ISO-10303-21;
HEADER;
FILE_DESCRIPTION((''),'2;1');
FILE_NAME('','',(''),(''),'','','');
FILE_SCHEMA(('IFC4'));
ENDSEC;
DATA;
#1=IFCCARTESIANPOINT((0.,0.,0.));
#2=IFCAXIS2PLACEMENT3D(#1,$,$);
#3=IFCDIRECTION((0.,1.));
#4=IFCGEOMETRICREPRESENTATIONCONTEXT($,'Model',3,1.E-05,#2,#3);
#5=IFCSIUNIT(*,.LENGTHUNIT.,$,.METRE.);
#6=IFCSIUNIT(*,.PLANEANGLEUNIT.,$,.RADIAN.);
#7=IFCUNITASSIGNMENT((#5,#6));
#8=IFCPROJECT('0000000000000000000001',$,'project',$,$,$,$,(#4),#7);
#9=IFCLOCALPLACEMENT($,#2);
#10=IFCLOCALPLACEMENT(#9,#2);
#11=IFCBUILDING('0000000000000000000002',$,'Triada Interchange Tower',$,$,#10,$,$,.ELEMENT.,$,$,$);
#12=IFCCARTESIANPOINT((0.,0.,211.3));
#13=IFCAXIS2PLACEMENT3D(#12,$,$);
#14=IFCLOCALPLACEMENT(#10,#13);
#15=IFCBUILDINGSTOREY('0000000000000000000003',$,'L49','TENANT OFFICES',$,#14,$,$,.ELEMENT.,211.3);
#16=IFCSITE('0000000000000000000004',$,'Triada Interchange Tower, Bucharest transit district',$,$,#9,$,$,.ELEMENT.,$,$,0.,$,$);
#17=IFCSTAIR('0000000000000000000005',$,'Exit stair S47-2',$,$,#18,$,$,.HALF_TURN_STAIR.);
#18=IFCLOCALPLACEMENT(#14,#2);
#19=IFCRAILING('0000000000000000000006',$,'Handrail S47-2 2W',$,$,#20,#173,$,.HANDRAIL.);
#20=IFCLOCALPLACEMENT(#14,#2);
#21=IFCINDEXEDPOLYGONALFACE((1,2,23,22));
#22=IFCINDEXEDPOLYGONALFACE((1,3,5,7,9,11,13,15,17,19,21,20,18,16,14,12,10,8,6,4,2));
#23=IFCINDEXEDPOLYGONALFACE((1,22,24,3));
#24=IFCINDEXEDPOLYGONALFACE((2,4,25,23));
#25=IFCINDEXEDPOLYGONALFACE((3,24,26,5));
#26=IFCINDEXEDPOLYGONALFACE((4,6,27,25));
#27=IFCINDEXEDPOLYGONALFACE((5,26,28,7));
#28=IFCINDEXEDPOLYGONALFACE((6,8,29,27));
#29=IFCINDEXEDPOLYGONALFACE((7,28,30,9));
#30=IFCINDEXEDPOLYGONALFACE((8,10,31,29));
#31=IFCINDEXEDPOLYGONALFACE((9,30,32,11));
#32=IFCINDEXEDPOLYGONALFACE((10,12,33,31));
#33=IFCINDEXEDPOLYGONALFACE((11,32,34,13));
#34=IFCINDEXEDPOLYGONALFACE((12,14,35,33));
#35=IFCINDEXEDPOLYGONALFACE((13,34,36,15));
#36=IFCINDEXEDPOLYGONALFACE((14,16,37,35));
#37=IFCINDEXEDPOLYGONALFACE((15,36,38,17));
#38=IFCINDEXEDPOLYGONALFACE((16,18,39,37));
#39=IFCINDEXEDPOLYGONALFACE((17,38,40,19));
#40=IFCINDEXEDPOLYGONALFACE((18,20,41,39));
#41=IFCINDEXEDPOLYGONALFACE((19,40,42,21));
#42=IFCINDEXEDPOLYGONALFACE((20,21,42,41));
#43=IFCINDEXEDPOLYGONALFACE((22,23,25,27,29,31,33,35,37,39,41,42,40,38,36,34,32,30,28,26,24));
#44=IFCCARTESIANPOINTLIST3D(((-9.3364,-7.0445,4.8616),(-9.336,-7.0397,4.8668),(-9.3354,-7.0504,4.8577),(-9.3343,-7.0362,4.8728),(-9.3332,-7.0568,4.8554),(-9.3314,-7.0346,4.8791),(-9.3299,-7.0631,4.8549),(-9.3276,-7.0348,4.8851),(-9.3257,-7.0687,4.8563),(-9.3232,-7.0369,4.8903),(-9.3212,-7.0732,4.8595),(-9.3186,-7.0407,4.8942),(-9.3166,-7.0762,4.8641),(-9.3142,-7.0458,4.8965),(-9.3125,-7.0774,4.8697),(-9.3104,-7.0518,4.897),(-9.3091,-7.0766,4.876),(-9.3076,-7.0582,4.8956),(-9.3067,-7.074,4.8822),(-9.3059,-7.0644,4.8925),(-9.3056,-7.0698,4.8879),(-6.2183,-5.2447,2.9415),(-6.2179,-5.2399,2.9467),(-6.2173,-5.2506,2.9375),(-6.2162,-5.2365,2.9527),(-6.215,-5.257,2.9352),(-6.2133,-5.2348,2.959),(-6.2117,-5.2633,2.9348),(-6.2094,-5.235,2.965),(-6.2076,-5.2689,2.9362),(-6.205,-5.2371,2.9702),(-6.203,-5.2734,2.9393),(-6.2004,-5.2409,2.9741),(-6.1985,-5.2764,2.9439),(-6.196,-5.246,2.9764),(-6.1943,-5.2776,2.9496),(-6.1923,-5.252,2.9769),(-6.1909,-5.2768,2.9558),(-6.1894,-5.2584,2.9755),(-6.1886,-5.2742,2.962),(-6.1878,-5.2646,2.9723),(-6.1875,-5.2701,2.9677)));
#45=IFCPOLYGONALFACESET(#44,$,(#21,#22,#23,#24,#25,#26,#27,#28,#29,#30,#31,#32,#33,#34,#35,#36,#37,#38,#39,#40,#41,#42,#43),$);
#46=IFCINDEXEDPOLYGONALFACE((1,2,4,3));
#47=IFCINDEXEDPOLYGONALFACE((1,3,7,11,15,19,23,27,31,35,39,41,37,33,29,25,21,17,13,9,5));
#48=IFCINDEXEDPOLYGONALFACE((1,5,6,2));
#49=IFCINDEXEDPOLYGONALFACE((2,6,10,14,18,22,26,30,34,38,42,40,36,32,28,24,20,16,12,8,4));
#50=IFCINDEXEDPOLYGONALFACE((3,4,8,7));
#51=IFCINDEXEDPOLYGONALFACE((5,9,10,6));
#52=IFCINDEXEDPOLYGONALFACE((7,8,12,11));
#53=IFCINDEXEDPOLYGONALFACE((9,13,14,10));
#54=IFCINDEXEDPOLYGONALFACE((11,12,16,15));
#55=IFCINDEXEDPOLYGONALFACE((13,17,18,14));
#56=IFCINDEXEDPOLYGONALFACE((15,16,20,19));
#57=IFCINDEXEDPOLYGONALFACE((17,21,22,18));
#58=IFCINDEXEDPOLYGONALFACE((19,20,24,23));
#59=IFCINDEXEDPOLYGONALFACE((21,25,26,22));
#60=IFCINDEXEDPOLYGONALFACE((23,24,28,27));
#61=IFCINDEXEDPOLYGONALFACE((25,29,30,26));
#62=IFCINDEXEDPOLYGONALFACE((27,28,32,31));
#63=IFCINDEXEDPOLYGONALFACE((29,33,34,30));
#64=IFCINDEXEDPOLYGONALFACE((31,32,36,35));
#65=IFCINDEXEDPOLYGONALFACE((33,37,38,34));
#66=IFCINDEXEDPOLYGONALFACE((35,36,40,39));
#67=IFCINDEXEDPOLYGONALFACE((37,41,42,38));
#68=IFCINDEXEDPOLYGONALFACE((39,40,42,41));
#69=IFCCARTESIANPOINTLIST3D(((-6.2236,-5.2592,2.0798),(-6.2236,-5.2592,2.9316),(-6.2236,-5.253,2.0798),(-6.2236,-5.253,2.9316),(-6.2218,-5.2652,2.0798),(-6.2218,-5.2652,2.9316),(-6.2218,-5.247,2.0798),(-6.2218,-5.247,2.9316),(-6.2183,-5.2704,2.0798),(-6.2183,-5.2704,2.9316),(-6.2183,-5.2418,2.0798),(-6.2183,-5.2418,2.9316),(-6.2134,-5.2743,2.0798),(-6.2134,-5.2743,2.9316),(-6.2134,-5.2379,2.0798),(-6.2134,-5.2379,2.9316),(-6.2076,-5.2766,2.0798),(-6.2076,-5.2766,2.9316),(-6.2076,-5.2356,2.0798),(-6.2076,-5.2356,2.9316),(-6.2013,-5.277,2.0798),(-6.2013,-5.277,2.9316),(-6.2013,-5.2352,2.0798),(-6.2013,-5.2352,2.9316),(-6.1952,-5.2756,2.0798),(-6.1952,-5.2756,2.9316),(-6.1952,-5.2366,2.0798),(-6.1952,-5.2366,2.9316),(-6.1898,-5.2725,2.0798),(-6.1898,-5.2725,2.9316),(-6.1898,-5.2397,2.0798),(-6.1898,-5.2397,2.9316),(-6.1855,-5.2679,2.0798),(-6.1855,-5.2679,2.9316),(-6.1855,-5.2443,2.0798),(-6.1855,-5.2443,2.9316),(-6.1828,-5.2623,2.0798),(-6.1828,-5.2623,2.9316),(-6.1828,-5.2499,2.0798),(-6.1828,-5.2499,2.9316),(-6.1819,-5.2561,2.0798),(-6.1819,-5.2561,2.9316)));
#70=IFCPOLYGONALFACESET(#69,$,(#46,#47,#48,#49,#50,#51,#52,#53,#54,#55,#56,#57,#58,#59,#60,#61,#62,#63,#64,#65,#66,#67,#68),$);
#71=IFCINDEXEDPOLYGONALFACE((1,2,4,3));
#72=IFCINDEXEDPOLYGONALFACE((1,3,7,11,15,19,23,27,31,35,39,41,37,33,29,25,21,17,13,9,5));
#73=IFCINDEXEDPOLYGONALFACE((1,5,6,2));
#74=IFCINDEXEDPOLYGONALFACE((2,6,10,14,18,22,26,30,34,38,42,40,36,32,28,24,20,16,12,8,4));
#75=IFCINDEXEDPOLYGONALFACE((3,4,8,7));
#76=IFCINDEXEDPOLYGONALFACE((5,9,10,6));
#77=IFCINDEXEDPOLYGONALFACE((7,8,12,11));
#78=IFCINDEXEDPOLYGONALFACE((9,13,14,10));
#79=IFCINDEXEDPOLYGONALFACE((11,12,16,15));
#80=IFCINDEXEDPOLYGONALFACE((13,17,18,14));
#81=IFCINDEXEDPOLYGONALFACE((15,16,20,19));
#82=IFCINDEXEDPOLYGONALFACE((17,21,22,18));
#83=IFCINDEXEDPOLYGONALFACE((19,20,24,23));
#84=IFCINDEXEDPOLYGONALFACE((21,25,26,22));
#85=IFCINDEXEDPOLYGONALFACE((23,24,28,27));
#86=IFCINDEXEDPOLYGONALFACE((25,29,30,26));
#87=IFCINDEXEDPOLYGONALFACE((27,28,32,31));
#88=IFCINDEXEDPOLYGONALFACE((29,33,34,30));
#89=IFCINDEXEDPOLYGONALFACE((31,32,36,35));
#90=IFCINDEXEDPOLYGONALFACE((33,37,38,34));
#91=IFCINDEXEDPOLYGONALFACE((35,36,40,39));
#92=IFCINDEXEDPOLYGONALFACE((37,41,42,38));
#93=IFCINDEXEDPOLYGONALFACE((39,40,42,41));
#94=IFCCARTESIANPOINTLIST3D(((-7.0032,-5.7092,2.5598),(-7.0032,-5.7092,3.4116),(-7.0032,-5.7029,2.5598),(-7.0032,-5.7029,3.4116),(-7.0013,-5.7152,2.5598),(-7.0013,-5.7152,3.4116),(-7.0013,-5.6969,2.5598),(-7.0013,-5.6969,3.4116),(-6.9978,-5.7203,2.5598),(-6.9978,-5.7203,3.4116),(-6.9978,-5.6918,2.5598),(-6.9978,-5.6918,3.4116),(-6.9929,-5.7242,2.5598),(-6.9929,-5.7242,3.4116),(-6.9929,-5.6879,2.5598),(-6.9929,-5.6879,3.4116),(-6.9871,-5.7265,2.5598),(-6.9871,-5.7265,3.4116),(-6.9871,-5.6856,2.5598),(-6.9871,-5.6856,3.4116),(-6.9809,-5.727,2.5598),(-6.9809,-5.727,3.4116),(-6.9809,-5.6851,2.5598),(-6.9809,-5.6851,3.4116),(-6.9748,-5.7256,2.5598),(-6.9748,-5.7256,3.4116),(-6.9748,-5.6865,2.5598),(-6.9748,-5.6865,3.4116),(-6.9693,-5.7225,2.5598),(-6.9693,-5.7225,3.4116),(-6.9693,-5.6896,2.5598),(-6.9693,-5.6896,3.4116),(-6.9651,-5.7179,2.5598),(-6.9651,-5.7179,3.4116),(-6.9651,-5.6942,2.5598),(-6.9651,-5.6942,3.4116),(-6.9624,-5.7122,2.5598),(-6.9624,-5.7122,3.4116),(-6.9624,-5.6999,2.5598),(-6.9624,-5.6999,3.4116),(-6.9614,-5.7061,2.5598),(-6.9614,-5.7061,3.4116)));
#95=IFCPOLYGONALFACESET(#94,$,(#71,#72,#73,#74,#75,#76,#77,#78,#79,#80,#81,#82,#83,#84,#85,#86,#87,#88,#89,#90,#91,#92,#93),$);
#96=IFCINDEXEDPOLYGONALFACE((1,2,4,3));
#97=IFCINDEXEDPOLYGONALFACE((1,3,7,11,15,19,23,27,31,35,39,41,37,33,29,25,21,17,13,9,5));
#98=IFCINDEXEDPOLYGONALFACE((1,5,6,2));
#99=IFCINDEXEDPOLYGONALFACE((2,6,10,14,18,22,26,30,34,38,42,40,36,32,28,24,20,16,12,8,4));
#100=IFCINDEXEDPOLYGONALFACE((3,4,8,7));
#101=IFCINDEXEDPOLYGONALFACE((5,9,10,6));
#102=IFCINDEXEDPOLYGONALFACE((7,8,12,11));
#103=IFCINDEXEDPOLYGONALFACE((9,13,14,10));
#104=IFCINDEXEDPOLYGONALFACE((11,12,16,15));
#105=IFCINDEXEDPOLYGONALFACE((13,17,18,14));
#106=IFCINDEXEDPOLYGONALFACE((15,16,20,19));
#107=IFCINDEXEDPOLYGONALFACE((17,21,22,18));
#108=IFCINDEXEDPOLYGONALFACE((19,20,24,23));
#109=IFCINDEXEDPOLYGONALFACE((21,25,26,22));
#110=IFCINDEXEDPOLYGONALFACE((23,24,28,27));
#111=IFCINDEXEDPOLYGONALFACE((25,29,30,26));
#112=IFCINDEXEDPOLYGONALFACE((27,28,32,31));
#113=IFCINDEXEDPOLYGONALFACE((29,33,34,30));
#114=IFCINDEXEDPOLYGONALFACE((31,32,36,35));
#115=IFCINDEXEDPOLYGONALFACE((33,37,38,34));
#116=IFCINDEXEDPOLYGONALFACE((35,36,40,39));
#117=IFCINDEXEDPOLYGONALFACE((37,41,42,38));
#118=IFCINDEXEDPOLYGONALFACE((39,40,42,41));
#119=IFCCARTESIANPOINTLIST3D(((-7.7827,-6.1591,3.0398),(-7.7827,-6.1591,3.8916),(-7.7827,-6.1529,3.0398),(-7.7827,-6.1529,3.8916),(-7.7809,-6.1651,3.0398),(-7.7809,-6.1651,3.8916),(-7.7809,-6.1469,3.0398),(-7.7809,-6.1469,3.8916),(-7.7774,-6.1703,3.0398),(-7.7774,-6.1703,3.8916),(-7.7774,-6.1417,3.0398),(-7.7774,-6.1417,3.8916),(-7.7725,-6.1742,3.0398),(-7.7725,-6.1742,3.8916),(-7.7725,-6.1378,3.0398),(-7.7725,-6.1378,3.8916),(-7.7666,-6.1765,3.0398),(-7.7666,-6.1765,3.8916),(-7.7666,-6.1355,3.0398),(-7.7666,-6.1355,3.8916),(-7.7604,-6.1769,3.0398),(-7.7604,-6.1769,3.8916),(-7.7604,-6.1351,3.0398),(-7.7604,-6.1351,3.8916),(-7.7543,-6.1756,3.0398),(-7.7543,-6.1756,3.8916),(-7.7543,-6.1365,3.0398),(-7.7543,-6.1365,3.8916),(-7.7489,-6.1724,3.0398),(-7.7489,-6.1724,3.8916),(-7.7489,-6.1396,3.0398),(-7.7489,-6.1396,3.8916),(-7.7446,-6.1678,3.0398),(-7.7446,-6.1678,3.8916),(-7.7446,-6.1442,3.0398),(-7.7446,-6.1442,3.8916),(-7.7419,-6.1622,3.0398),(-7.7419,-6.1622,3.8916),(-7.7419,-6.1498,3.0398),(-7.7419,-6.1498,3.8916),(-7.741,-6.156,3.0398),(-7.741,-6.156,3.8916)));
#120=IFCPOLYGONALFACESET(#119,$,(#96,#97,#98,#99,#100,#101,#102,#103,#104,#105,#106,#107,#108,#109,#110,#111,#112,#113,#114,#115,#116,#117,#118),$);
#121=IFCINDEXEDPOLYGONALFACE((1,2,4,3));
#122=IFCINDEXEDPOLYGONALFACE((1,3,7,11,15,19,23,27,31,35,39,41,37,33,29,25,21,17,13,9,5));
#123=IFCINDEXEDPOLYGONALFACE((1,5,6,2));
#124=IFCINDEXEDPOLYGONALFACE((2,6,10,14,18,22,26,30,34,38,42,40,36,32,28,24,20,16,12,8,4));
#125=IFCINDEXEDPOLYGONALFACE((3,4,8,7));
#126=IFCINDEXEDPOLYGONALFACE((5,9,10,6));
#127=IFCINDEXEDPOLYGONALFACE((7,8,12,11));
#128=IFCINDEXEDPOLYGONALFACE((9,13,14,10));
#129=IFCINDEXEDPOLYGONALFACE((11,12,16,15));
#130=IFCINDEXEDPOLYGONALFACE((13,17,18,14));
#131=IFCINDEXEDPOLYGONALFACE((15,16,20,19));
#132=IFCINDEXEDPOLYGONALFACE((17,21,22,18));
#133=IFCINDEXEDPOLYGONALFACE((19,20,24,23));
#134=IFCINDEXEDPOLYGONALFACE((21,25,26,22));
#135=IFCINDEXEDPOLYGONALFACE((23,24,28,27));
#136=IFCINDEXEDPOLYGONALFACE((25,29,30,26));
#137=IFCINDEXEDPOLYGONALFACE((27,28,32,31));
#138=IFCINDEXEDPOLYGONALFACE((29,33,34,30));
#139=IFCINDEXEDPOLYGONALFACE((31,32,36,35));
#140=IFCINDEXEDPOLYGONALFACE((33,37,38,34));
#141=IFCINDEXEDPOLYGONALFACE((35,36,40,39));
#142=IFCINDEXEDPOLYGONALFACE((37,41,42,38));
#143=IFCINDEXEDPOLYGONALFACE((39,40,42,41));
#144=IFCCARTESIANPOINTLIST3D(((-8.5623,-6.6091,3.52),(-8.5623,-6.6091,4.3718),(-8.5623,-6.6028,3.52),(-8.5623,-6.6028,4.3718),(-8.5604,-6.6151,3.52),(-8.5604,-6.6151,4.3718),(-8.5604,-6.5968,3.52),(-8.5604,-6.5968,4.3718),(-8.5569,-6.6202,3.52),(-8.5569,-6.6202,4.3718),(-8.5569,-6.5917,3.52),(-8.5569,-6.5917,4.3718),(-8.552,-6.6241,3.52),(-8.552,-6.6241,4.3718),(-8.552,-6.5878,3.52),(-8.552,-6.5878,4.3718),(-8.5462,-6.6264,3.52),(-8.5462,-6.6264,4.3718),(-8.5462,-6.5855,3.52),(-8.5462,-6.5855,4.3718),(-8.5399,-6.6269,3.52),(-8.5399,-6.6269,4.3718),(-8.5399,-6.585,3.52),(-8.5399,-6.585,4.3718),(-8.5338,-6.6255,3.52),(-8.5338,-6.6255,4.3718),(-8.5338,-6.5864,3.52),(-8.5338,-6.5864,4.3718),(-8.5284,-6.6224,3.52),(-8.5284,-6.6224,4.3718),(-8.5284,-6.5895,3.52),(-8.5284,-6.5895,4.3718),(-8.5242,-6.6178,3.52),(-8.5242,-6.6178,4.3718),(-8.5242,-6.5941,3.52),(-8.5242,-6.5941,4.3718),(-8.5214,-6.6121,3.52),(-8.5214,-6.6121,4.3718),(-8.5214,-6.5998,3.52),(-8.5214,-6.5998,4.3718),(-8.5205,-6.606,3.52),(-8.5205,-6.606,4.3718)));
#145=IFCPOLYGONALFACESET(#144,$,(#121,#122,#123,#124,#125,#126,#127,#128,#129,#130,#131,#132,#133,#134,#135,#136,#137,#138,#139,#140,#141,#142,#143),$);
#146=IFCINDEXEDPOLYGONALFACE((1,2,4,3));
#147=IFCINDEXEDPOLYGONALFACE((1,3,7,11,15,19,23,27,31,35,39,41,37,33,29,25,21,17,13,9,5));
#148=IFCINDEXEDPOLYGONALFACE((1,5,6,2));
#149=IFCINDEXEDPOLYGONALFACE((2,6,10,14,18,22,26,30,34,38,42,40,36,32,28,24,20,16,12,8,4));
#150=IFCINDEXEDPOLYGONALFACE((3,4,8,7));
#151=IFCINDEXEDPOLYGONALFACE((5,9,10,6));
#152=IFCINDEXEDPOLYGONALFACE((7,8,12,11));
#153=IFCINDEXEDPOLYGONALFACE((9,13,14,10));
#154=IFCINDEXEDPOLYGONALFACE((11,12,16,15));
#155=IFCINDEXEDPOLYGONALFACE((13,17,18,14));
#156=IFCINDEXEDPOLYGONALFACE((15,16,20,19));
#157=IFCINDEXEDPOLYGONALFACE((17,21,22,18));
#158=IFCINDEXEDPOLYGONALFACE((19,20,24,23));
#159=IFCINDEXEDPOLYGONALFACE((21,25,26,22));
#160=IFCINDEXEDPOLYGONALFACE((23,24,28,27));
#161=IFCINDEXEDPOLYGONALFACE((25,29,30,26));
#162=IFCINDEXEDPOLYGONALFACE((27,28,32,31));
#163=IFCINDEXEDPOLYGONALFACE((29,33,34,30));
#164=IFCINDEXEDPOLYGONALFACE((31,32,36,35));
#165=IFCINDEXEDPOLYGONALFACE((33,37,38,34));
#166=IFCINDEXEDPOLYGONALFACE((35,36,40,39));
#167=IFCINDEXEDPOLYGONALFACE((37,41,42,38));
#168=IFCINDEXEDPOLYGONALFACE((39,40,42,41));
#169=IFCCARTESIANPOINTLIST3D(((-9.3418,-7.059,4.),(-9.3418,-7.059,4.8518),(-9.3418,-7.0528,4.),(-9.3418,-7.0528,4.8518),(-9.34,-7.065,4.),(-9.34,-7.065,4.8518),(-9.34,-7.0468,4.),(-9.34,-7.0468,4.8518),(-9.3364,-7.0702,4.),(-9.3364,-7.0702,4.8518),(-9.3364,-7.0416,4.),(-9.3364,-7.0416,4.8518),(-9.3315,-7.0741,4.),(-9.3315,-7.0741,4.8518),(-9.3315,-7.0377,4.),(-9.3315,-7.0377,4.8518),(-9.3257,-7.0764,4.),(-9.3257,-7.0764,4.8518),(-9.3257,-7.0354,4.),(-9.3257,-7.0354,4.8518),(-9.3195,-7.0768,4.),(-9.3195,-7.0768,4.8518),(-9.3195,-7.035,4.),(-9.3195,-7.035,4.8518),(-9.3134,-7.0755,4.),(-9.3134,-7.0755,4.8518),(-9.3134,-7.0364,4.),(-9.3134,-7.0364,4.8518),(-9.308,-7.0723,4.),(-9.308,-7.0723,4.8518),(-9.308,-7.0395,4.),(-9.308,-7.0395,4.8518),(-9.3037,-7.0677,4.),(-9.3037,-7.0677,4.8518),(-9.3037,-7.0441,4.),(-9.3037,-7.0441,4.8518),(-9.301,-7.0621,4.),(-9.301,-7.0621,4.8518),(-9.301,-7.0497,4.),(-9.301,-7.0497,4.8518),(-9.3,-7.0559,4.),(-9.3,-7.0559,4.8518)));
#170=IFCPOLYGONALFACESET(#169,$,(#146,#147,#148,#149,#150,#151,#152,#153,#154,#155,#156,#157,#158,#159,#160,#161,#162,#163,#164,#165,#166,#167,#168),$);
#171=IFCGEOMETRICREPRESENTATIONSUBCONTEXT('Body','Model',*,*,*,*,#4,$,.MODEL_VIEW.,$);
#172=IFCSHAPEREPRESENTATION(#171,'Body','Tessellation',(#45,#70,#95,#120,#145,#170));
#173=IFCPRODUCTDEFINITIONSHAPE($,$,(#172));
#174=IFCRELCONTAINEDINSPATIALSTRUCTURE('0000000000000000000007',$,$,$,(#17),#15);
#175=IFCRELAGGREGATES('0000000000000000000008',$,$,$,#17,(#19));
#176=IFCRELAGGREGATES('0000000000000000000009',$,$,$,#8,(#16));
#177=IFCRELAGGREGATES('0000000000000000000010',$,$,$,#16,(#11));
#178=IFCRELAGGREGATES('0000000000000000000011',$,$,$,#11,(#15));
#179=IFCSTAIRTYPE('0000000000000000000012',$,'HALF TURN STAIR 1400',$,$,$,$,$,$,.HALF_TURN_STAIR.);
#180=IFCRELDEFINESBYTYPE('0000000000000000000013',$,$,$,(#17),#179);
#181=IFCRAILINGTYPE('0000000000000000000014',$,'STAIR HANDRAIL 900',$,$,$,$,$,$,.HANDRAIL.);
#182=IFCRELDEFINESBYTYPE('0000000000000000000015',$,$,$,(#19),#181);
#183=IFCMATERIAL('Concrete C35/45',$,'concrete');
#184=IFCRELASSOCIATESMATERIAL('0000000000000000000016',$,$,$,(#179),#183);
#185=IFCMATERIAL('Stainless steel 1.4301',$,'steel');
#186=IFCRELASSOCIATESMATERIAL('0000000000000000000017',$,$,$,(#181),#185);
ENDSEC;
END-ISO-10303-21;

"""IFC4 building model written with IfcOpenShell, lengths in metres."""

from ifc_helpers import new_model, si_unit, direction, frame, origin, origin_2d, place, context, subcontext, project, spatial, circle, extrude, material, type_object, element, aggregate, save


model = new_model("IFC4")

# Units and contexts
model_context = context("Model", 3, precision=1e-05, world=origin(), true_north=direction((0.0, 1.0)))
body_context = subcontext(model_context, "Body", "Model", "MODEL_VIEW")
ifc_project = project(units=[si_unit("LENGTHUNIT", "METRE"), si_unit("PLANEANGLEUNIT", "RADIAN")], contexts=[model_context])

# Site, building, storey
site_placement = place(None, origin())
site = spatial("IfcSite", under=ifc_project, at=site_placement, Name="Triada Interchange Tower, Bucharest transit district", CompositionType="ELEMENT", RefElevation=0.0)
building_placement = place(site_placement, origin())
building = spatial("IfcBuilding", under=site, at=building_placement, Name="Triada Interchange Tower", CompositionType="ELEMENT")
storey_placement = place(building_placement, frame((0.0, 0.0, 211.3)))
storey = spatial("IfcBuildingStorey", under=building, at=storey_placement, Name="L49", Description="TENANT OFFICES", CompositionType="ELEMENT", Elevation=211.3)

# Stair, railing
ifc_material_1 = material(Name="Concrete C35/45", Category="concrete")
stair_type = type_object("IfcStairType", Name="HALF TURN STAIR 1400", PredefinedType="HALF_TURN_STAIR", material=ifc_material_1)
stair_placement = place(storey_placement, origin())
stair = element("IfcStair", 1, at=stair_placement, inside=storey, type_object=stair_type, Name="Exit stair S47-2", PredefinedType="HALF_TURN_STAIR")
ifc_material_2 = material(Name="Stainless steel 1.4301", Category="steel")
railing_type = type_object("IfcRailingType", Name="STAIR HANDRAIL 900", PredefinedType="HANDRAIL", material=ifc_material_2)
railing_1_placement = place(storey_placement, frame((-6.2029, -5.2561, 2.0798)))
railing_1 = element("IfcRailing", 2, at=railing_1_placement, type_object=railing_type, Name="Handrail S47-2 2W", PredefinedType="HANDRAIL", context=body_context, shape_type="SweptSolid", body=[
    extrude(circle(Radius=0.0239, at=origin_2d()), frame((0.0, 0.0, 0.876), z_axis=(-0.76419, -0.44109, 0.470588), x_axis=(0.499902, -0.866082, 0.0)), (0.0, 0.0, 1.0), 4.0803),
    extrude(circle(Radius=0.021, at=origin_2d()), origin(), (0.0, 0.0, 1.0), 0.8518),
    extrude(circle(Radius=0.021, at=origin_2d()), frame((-0.7795, -0.45, 0.48)), (0.0, 0.0, 1.0), 0.8518),
    extrude(circle(Radius=0.021, at=origin_2d()), frame((-1.5591, -0.8999, 0.96)), (0.0, 0.0, 1.0), 0.8518),
    extrude(circle(Radius=0.021, at=origin_2d()), frame((-2.3386, -1.3499, 1.4402)), (0.0, 0.0, 1.0), 0.8518),
    extrude(circle(Radius=0.021, at=origin_2d()), frame((-3.1182, -1.7998, 1.9202)), (0.0, 0.0, 1.0), 0.8518),
])
aggregate(stair, [railing_1])

save(model, "model.ifc")
